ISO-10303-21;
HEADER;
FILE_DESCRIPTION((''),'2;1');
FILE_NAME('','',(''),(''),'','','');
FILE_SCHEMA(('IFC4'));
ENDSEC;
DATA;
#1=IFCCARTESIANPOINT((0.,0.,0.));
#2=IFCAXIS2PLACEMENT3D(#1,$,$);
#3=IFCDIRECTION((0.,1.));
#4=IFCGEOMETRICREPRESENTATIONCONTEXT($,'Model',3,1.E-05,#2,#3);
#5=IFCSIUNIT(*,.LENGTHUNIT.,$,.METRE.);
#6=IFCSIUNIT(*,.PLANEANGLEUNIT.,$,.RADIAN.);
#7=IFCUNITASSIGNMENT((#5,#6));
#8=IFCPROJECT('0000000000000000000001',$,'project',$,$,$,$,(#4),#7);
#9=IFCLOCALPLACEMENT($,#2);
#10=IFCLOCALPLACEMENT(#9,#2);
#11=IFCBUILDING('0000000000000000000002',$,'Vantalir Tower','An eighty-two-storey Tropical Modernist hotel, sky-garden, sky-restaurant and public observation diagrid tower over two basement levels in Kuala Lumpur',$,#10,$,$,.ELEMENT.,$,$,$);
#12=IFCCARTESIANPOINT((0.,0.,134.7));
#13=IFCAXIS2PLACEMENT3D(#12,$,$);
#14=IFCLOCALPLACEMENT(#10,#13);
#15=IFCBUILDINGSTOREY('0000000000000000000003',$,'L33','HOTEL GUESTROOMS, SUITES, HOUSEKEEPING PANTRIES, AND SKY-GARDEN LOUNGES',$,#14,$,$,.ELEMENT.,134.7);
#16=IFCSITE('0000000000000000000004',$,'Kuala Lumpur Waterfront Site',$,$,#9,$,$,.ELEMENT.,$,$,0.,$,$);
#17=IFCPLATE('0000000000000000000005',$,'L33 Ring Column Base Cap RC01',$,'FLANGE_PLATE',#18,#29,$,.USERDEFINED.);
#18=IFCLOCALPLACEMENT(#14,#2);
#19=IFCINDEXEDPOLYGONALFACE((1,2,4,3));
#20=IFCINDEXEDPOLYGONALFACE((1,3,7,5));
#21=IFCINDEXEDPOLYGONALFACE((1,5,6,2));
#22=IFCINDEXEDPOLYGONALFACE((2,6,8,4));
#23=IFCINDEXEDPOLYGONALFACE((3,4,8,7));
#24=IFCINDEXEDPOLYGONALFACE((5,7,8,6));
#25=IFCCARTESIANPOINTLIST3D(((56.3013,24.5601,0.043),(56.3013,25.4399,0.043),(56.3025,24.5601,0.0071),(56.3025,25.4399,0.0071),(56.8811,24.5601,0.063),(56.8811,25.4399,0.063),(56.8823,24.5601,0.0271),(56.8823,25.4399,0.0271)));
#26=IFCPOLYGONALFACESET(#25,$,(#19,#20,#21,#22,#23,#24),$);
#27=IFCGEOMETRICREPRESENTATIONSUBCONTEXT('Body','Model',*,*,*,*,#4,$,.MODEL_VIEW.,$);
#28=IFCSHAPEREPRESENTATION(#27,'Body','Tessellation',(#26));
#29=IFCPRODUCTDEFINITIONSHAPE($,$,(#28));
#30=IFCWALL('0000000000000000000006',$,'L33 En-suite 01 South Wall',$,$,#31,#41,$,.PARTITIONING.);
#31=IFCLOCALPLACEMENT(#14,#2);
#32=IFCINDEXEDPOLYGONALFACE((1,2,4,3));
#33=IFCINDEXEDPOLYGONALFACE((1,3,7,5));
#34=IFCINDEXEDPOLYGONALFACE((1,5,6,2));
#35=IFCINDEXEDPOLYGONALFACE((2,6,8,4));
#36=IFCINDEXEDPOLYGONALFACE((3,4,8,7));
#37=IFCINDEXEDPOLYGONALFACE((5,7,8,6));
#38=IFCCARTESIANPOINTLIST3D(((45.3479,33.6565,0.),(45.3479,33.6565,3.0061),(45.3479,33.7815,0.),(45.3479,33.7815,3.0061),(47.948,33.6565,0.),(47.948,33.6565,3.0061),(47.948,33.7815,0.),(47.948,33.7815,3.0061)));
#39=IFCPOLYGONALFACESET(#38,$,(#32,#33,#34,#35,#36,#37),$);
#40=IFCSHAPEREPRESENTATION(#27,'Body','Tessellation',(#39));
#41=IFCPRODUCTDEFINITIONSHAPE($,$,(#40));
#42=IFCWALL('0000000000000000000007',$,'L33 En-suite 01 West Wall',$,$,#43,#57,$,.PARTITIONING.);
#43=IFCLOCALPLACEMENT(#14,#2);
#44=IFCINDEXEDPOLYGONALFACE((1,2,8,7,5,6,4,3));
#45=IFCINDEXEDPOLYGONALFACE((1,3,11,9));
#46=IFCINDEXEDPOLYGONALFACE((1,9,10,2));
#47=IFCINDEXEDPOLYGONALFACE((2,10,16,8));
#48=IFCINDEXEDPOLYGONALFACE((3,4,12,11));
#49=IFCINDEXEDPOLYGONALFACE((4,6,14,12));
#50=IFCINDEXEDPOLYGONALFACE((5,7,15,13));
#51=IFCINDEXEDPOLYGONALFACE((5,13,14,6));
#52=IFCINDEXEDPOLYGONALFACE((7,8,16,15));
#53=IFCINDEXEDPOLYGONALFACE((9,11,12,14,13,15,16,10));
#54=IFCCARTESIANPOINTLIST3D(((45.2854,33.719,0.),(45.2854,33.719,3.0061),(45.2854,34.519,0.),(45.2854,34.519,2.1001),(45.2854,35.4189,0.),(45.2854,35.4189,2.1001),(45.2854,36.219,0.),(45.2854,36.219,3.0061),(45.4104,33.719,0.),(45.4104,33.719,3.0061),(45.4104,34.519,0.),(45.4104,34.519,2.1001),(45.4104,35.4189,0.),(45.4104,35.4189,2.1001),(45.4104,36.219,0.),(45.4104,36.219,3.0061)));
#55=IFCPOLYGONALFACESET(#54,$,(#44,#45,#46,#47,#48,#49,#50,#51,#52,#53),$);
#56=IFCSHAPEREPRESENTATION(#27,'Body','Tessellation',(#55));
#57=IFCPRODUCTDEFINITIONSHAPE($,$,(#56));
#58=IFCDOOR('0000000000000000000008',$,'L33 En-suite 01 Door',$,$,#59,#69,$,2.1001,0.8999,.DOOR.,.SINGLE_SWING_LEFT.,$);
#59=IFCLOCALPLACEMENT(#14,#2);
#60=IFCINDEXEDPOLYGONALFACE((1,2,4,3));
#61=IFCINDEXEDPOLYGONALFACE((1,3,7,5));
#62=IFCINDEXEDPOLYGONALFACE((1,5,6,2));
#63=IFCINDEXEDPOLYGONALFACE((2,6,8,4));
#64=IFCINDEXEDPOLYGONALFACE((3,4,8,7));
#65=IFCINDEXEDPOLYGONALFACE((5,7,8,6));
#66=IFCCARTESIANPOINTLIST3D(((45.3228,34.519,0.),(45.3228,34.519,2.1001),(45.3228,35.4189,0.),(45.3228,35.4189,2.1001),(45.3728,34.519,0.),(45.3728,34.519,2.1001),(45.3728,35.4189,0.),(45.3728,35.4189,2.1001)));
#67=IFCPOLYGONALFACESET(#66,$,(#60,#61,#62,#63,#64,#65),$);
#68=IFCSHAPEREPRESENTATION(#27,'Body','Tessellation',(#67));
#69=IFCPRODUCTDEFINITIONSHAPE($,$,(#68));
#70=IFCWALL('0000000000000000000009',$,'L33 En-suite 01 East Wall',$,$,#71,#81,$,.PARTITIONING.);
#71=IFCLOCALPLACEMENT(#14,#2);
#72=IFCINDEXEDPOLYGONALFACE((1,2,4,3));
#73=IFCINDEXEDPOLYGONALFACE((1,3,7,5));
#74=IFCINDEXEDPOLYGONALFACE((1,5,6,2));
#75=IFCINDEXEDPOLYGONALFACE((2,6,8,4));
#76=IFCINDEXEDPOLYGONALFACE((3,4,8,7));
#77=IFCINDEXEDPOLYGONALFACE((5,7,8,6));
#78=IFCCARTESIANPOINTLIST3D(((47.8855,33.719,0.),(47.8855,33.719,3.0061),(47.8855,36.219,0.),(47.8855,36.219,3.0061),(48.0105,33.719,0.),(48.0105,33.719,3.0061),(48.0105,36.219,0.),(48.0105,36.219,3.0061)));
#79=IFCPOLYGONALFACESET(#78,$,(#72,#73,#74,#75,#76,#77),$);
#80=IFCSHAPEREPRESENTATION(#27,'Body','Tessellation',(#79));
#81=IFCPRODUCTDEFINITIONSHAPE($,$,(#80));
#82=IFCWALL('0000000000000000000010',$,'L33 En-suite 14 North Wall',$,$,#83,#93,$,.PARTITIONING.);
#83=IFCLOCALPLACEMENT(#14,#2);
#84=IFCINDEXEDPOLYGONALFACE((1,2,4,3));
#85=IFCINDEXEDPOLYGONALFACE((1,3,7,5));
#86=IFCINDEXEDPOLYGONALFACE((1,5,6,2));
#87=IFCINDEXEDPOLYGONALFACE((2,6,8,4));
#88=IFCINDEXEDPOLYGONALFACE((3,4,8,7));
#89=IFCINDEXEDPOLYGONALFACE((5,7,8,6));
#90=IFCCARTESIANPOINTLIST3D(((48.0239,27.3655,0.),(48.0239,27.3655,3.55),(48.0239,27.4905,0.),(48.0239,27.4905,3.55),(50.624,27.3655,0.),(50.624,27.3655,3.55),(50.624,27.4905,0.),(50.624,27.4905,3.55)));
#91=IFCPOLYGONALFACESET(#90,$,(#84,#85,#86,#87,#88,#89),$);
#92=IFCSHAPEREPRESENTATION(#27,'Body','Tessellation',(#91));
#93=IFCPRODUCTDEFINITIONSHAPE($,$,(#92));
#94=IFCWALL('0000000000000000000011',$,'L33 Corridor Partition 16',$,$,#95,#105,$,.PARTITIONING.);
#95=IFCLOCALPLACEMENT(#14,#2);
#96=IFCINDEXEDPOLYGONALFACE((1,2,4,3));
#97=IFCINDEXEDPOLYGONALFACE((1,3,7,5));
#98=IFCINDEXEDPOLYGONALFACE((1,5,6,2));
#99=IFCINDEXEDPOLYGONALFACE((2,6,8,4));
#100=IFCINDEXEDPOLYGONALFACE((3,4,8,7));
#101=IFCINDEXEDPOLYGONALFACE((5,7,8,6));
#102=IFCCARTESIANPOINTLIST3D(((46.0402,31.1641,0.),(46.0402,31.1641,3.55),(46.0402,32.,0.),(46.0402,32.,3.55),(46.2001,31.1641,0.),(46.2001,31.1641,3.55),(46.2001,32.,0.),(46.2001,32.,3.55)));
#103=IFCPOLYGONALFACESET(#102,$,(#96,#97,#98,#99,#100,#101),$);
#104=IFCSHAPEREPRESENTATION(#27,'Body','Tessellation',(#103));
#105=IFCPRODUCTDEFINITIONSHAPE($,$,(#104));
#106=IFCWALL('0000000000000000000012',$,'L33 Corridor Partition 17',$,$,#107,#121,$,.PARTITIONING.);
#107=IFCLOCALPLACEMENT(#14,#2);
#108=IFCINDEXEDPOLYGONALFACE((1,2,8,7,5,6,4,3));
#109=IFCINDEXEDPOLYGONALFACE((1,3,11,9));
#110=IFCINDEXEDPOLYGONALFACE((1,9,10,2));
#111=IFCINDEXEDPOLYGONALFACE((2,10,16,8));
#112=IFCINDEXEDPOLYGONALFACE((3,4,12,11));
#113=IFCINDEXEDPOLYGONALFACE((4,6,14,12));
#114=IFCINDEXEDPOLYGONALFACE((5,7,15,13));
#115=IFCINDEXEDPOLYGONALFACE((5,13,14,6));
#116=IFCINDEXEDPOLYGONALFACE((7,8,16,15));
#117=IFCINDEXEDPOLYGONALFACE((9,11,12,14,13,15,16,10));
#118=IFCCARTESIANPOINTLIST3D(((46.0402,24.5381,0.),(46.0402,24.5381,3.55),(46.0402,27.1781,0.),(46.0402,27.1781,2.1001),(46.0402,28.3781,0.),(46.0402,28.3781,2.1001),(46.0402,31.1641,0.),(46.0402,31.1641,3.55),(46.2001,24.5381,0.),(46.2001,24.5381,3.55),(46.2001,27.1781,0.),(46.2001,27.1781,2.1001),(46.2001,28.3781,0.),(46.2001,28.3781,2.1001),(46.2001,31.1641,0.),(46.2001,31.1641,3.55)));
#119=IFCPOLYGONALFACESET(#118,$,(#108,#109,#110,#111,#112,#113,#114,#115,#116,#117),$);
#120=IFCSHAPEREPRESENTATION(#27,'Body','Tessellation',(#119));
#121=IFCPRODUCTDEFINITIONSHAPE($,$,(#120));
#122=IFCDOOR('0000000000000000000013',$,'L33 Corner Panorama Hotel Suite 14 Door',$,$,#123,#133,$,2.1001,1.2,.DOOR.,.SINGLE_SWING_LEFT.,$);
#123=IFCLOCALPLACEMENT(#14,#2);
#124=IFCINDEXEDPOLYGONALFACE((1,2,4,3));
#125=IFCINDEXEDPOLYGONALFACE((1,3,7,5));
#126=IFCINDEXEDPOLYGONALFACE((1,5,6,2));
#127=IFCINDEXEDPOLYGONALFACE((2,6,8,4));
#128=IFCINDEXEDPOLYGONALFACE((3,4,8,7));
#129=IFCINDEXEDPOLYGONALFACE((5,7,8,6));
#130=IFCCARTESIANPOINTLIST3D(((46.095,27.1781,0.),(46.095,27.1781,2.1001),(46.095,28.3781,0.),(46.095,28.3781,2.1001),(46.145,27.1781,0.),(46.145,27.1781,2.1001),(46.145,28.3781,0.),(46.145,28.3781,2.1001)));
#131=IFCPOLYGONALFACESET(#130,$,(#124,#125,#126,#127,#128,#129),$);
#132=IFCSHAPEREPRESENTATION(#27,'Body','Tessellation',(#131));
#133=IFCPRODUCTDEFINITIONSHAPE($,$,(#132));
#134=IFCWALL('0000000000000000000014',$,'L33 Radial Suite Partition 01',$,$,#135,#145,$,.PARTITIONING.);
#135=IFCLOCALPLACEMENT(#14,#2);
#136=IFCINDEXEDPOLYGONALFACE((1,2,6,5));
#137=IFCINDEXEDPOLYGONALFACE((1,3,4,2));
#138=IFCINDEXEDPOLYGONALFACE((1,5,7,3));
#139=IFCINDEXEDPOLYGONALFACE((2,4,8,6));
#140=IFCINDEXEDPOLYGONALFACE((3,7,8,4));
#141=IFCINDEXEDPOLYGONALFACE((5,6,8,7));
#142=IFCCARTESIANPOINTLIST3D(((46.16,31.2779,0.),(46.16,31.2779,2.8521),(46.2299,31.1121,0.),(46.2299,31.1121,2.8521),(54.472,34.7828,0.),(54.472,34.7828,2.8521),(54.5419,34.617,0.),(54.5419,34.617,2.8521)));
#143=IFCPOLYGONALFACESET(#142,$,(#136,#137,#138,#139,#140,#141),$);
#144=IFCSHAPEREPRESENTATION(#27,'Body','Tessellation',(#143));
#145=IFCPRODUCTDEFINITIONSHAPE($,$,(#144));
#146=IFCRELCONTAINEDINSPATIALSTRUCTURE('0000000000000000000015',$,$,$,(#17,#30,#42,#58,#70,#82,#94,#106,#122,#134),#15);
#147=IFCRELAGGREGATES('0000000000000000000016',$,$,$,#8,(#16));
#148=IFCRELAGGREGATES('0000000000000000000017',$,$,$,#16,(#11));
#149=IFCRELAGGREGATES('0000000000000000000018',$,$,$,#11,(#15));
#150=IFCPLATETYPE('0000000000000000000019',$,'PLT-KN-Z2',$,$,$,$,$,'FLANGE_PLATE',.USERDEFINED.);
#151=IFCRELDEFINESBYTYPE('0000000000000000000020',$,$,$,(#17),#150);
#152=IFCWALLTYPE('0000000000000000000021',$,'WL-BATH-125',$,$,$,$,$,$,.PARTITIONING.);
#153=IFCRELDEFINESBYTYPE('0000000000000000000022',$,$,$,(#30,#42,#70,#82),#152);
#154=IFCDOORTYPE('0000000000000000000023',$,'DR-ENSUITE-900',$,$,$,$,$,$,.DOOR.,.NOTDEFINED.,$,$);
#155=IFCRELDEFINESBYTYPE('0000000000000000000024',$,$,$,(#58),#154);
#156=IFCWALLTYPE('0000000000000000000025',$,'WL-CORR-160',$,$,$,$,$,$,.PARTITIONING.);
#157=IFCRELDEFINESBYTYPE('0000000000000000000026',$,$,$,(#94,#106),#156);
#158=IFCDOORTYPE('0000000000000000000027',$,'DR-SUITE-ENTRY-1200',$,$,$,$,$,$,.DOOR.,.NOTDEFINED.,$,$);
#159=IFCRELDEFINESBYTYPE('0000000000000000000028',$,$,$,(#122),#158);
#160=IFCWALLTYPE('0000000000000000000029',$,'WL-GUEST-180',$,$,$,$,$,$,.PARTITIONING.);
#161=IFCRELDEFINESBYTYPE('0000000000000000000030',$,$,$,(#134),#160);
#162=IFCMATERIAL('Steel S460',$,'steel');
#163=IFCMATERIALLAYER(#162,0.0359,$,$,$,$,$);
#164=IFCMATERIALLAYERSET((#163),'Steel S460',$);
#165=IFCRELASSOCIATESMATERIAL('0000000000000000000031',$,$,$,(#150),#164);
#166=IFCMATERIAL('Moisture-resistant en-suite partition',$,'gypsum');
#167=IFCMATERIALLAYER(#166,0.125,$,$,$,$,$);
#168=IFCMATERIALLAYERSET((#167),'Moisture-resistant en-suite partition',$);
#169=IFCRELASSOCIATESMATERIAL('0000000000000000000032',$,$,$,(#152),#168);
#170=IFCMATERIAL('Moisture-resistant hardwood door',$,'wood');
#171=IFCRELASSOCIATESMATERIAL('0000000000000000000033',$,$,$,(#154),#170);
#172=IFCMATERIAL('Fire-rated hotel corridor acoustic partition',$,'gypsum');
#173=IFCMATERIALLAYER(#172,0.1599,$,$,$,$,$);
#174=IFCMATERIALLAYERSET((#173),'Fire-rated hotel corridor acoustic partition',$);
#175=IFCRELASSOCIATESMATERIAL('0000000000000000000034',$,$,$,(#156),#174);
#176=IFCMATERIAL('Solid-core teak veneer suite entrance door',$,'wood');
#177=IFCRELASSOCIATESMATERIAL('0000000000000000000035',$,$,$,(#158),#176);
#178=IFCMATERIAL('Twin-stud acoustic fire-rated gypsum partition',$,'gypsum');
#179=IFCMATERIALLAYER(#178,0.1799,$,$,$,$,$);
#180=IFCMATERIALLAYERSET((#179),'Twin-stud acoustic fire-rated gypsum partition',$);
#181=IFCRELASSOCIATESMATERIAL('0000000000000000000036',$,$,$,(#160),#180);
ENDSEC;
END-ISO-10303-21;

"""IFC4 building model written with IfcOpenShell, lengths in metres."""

from ifc_helpers import new_model, si_unit, direction, frame, frame_2d, origin, place, context, subcontext, project, spatial, polyline, rectangle, outline, extrude, material, layer, layer_set, type_object, element, fill, save


model = new_model("IFC4")

# Units and contexts
model_context = context("Model", 3, precision=1e-05, world=origin(), true_north=direction((0.0, 1.0)))
body_context = subcontext(model_context, "Body", "Model", "MODEL_VIEW")
ifc_project = project(units=[si_unit("LENGTHUNIT", "METRE"), si_unit("PLANEANGLEUNIT", "RADIAN")], contexts=[model_context])

# Site, building, storey
site_placement = place(None, origin())
site = spatial("IfcSite", under=ifc_project, at=site_placement, Name="Kuala Lumpur Waterfront Site", CompositionType="ELEMENT", RefElevation=0.0)
building_placement = place(site_placement, origin())
building = spatial("IfcBuilding", under=site, at=building_placement, Name="Vantalir Tower", Description="An eighty-two-storey Tropical Modernist hotel, sky-garden, sky-restaurant and public observation diagrid tower over two basement levels in Kuala Lumpur", CompositionType="ELEMENT")
storey_placement = place(building_placement, frame((0.0, 0.0, 134.7)))
storey = spatial("IfcBuildingStorey", under=building, at=storey_placement, Name="L33", Description="HOTEL GUESTROOMS, SUITES, HOUSEKEEPING PANTRIES, AND SKY-GARDEN LOUNGES", CompositionType="ELEMENT", Elevation=134.7)

# Shared definitions
ifc_material_1 = material(Name="Steel S460", Category="steel")

# Plate
ifc_layer_1 = layer(ifc_material_1, 0.0359)
ifc_layer_set_1 = layer_set([ifc_layer_1], Name="Steel S460")
plate_type_1 = type_object("IfcPlateType", Name="PLT-KN-Z2", ElementType="FLANGE_PLATE", PredefinedType="USERDEFINED", material=ifc_layer_set_1)
plate_1_placement = place(storey_placement, frame((56.3013, 25.4399, 0.043), z_axis=(-0.034506, 0.0, 0.999404), x_axis=(0.0, -1.0, 0.0)))
element("IfcPlate", 1, at=plate_1_placement, inside=storey, type_object=plate_type_1, Name="L33 Ring Column Base Cap RC01", ObjectType="FLANGE_PLATE", PredefinedType="USERDEFINED", context=body_context, shape_type="SweptSolid", body=[
    extrude(outline(polyline([(0.0, 0.0), (0.8799, 0.0), (0.8799, 0.5802), (0.0, 0.5802), (0.0, 0.0)])), origin(), (0.0, 0.0, -1.0), 0.0359),
])

# Wall
ifc_material_2 = material(Name="Moisture-resistant en-suite partition", Category="gypsum")
ifc_layer_2 = layer(ifc_material_2, 0.125)
ifc_layer_set_2 = layer_set([ifc_layer_2], Name="Moisture-resistant en-suite partition")
wall_type_1 = type_object("IfcWallType", Name="WL-BATH-125", PredefinedType="PARTITIONING", material=ifc_layer_set_2)
wall_1_placement = place(storey_placement, frame((45.3479, 33.719, 0.0), z_axis=(0.0, 0.0, 1.0), x_axis=(1.0, 0.0, 0.0)))
element("IfcWall", 2, at=wall_1_placement, inside=storey, type_object=wall_type_1, Name="L33 En-suite 01 South Wall", PredefinedType="PARTITIONING", context=body_context, shape_type="SweptSolid", body=[
    extrude(rectangle(XDim=2.6001, YDim=0.125, at=frame_2d((1.3, 0.0))), origin(), (0.0, 0.0, 1.0), 3.0061),
])

# Wall, opening, door
wall_2_placement = place(storey_placement, frame((45.3479, 33.719, 0.0), z_axis=(0.0, 0.0, 1.0), x_axis=(0.0, 1.0, 0.0)))
wall_2 = element("IfcWall", 3, at=wall_2_placement, inside=storey, type_object=wall_type_1, Name="L33 En-suite 01 West Wall", PredefinedType="PARTITIONING", context=body_context, shape_type="SweptSolid", body=[
    extrude(rectangle(XDim=2.5, YDim=0.125, at=frame_2d((1.25, 0.0))), origin(), (0.0, 0.0, 1.0), 3.0061),
])
opening_1_placement = place(wall_2_placement, frame((0.8, 0.0, 0.0)))
opening_1 = element("IfcOpeningElement", 4, at=opening_1_placement, cuts=wall_2, PredefinedType="OPENING", context=body_context, shape_type="SweptSolid", body=[
    extrude(rectangle(XDim=0.8999, YDim=2.1001, at=frame_2d((0.45, 1.05))), frame((0.0, 0.0725, 0.0), z_axis=(0.0, -1.0, 0.0), x_axis=(1.0, 0.0, 0.0)), (0.0, 0.0, 1.0), 0.145),
])
ifc_material_3 = material(Name="Moisture-resistant hardwood door", Category="wood")
door_type_1 = type_object("IfcDoorType", Name="DR-ENSUITE-900", OperationType="NOTDEFINED", PredefinedType="DOOR", material=ifc_material_3)
door_1_placement = place(opening_1_placement, frame((0.8999, 0.0, 0.0), z_axis=(0.0, 0.0, 1.0), x_axis=(-1.0, 0.0, 0.0)))
door_1 = element("IfcDoor", 5, at=door_1_placement, inside=storey, type_object=door_type_1, Name="L33 En-suite 01 Door", OperationType="SINGLE_SWING_LEFT", OverallHeight=2.1001, OverallWidth=0.8999, PredefinedType="DOOR", context=body_context, shape_type="SweptSolid", body=[
    extrude(rectangle(XDim=0.8999, YDim=2.1001, at=frame_2d((0.45, 1.05))), frame((0.0, 0.0249, 0.0), z_axis=(0.0, -1.0, 0.0), x_axis=(1.0, 0.0, 0.0)), (0.0, 0.0, 1.0), 0.05),
])
fill(opening_1, door_1)

# Walls
wall_3_placement = place(storey_placement, frame((47.948, 33.719, 0.0), z_axis=(0.0, 0.0, 1.0), x_axis=(0.0, 1.0, 0.0)))
element("IfcWall", 6, at=wall_3_placement, inside=storey, type_object=wall_type_1, Name="L33 En-suite 01 East Wall", PredefinedType="PARTITIONING", context=body_context, shape_type="SweptSolid", body=[
    extrude(rectangle(XDim=2.5, YDim=0.125, at=frame_2d((1.25, 0.0))), origin(), (0.0, 0.0, 1.0), 3.0061),
])
wall_4_placement = place(storey_placement, frame((48.0239, 27.428, 0.0), z_axis=(0.0, 0.0, 1.0), x_axis=(1.0, 0.0, 0.0)))
element("IfcWall", 7, at=wall_4_placement, inside=storey, type_object=wall_type_1, Name="L33 En-suite 14 North Wall", PredefinedType="PARTITIONING", context=body_context, shape_type="SweptSolid", body=[
    extrude(rectangle(XDim=2.6001, YDim=0.125, at=frame_2d((1.3, 0.0))), origin(), (0.0, 0.0, 1.0), 3.55),
])
ifc_material_4 = material(Name="Fire-rated hotel corridor acoustic partition", Category="gypsum")
ifc_layer_3 = layer(ifc_material_4, 0.1599)
ifc_layer_set_3 = layer_set([ifc_layer_3], Name="Fire-rated hotel corridor acoustic partition")
wall_type_2 = type_object("IfcWallType", Name="WL-CORR-160", PredefinedType="PARTITIONING", material=ifc_layer_set_3)
wall_5_placement = place(storey_placement, frame((46.1201, 32.0, 0.0), z_axis=(0.0, 0.0, 1.0), x_axis=(0.0, -1.0, 0.0)))
element("IfcWall", 8, at=wall_5_placement, inside=storey, type_object=wall_type_2, Name="L33 Corridor Partition 16", PredefinedType="PARTITIONING", context=body_context, shape_type="SweptSolid", body=[
    extrude(rectangle(XDim=0.8359, YDim=0.1599, at=frame_2d((0.418, 0.0))), origin(), (0.0, 0.0, 1.0), 3.55),
])

# Wall, opening, door
wall_6_placement = place(storey_placement, frame((46.1201, 31.1641, 0.0), z_axis=(0.0, 0.0, 1.0), x_axis=(0.0, -1.0, 0.0)))
wall_6 = element("IfcWall", 9, at=wall_6_placement, inside=storey, type_object=wall_type_2, Name="L33 Corridor Partition 17", PredefinedType="PARTITIONING", context=body_context, shape_type="SweptSolid", body=[
    extrude(rectangle(XDim=6.626, YDim=0.1599, at=frame_2d((3.313, 0.0))), origin(), (0.0, 0.0, 1.0), 3.55),
])
opening_2_placement = place(wall_6_placement, frame((2.7859, 0.0, 0.0)))
opening_2 = element("IfcOpeningElement", 10, at=opening_2_placement, cuts=wall_6, PredefinedType="OPENING", context=body_context, shape_type="SweptSolid", body=[
    extrude(rectangle(XDim=1.2, YDim=2.1001, at=frame_2d((0.6001, 1.05))), frame((0.0, 0.0898, 0.0), z_axis=(0.0, -1.0, 0.0), x_axis=(1.0, 0.0, 0.0)), (0.0, 0.0, 1.0), 0.1799),
])
ifc_material_5 = material(Name="Solid-core teak veneer suite entrance door", Category="wood")
door_type_2 = type_object("IfcDoorType", Name="DR-SUITE-ENTRY-1200", OperationType="NOTDEFINED", PredefinedType="DOOR", material=ifc_material_5)
door_2_placement = place(opening_2_placement, origin())
door_2 = element("IfcDoor", 11, at=door_2_placement, inside=storey, type_object=door_type_2, Name="L33 Corner Panorama Hotel Suite 14 Door", OperationType="SINGLE_SWING_LEFT", OverallHeight=2.1001, OverallWidth=1.2, PredefinedType="DOOR", context=body_context, shape_type="SweptSolid", body=[
    extrude(rectangle(XDim=1.2, YDim=2.1001, at=frame_2d((0.6001, 1.05))), frame((0.0, 0.0249, 0.0), z_axis=(0.0, -1.0, 0.0), x_axis=(1.0, 0.0, 0.0)), (0.0, 0.0, 1.0), 0.05),
])
fill(opening_2, door_2)

# Wall
ifc_material_6 = material(Name="Twin-stud acoustic fire-rated gypsum partition", Category="gypsum")
ifc_layer_4 = layer(ifc_material_6, 0.1799)
ifc_layer_set_4 = layer_set([ifc_layer_4], Name="Twin-stud acoustic fire-rated gypsum partition")
wall_type_3 = type_object("IfcWallType", Name="WL-GUEST-180", PredefinedType="PARTITIONING", material=ifc_layer_set_4)
wall_7_placement = place(storey_placement, frame((46.1951, 31.1951, 0.0), z_axis=(0.0, 0.0, 1.0), x_axis=(0.921434, 0.388536, 0.0)))
element("IfcWall", 12, at=wall_7_placement, inside=storey, type_object=wall_type_3, Name="L33 Radial Suite Partition 01", PredefinedType="PARTITIONING", context=body_context, shape_type="SweptSolid", body=[
    extrude(rectangle(XDim=9.0208, YDim=0.1799, at=frame_2d((4.5103, 0.0))), origin(), (0.0, 0.0, 1.0), 2.8521),
])

save(model, "model.ifc")
